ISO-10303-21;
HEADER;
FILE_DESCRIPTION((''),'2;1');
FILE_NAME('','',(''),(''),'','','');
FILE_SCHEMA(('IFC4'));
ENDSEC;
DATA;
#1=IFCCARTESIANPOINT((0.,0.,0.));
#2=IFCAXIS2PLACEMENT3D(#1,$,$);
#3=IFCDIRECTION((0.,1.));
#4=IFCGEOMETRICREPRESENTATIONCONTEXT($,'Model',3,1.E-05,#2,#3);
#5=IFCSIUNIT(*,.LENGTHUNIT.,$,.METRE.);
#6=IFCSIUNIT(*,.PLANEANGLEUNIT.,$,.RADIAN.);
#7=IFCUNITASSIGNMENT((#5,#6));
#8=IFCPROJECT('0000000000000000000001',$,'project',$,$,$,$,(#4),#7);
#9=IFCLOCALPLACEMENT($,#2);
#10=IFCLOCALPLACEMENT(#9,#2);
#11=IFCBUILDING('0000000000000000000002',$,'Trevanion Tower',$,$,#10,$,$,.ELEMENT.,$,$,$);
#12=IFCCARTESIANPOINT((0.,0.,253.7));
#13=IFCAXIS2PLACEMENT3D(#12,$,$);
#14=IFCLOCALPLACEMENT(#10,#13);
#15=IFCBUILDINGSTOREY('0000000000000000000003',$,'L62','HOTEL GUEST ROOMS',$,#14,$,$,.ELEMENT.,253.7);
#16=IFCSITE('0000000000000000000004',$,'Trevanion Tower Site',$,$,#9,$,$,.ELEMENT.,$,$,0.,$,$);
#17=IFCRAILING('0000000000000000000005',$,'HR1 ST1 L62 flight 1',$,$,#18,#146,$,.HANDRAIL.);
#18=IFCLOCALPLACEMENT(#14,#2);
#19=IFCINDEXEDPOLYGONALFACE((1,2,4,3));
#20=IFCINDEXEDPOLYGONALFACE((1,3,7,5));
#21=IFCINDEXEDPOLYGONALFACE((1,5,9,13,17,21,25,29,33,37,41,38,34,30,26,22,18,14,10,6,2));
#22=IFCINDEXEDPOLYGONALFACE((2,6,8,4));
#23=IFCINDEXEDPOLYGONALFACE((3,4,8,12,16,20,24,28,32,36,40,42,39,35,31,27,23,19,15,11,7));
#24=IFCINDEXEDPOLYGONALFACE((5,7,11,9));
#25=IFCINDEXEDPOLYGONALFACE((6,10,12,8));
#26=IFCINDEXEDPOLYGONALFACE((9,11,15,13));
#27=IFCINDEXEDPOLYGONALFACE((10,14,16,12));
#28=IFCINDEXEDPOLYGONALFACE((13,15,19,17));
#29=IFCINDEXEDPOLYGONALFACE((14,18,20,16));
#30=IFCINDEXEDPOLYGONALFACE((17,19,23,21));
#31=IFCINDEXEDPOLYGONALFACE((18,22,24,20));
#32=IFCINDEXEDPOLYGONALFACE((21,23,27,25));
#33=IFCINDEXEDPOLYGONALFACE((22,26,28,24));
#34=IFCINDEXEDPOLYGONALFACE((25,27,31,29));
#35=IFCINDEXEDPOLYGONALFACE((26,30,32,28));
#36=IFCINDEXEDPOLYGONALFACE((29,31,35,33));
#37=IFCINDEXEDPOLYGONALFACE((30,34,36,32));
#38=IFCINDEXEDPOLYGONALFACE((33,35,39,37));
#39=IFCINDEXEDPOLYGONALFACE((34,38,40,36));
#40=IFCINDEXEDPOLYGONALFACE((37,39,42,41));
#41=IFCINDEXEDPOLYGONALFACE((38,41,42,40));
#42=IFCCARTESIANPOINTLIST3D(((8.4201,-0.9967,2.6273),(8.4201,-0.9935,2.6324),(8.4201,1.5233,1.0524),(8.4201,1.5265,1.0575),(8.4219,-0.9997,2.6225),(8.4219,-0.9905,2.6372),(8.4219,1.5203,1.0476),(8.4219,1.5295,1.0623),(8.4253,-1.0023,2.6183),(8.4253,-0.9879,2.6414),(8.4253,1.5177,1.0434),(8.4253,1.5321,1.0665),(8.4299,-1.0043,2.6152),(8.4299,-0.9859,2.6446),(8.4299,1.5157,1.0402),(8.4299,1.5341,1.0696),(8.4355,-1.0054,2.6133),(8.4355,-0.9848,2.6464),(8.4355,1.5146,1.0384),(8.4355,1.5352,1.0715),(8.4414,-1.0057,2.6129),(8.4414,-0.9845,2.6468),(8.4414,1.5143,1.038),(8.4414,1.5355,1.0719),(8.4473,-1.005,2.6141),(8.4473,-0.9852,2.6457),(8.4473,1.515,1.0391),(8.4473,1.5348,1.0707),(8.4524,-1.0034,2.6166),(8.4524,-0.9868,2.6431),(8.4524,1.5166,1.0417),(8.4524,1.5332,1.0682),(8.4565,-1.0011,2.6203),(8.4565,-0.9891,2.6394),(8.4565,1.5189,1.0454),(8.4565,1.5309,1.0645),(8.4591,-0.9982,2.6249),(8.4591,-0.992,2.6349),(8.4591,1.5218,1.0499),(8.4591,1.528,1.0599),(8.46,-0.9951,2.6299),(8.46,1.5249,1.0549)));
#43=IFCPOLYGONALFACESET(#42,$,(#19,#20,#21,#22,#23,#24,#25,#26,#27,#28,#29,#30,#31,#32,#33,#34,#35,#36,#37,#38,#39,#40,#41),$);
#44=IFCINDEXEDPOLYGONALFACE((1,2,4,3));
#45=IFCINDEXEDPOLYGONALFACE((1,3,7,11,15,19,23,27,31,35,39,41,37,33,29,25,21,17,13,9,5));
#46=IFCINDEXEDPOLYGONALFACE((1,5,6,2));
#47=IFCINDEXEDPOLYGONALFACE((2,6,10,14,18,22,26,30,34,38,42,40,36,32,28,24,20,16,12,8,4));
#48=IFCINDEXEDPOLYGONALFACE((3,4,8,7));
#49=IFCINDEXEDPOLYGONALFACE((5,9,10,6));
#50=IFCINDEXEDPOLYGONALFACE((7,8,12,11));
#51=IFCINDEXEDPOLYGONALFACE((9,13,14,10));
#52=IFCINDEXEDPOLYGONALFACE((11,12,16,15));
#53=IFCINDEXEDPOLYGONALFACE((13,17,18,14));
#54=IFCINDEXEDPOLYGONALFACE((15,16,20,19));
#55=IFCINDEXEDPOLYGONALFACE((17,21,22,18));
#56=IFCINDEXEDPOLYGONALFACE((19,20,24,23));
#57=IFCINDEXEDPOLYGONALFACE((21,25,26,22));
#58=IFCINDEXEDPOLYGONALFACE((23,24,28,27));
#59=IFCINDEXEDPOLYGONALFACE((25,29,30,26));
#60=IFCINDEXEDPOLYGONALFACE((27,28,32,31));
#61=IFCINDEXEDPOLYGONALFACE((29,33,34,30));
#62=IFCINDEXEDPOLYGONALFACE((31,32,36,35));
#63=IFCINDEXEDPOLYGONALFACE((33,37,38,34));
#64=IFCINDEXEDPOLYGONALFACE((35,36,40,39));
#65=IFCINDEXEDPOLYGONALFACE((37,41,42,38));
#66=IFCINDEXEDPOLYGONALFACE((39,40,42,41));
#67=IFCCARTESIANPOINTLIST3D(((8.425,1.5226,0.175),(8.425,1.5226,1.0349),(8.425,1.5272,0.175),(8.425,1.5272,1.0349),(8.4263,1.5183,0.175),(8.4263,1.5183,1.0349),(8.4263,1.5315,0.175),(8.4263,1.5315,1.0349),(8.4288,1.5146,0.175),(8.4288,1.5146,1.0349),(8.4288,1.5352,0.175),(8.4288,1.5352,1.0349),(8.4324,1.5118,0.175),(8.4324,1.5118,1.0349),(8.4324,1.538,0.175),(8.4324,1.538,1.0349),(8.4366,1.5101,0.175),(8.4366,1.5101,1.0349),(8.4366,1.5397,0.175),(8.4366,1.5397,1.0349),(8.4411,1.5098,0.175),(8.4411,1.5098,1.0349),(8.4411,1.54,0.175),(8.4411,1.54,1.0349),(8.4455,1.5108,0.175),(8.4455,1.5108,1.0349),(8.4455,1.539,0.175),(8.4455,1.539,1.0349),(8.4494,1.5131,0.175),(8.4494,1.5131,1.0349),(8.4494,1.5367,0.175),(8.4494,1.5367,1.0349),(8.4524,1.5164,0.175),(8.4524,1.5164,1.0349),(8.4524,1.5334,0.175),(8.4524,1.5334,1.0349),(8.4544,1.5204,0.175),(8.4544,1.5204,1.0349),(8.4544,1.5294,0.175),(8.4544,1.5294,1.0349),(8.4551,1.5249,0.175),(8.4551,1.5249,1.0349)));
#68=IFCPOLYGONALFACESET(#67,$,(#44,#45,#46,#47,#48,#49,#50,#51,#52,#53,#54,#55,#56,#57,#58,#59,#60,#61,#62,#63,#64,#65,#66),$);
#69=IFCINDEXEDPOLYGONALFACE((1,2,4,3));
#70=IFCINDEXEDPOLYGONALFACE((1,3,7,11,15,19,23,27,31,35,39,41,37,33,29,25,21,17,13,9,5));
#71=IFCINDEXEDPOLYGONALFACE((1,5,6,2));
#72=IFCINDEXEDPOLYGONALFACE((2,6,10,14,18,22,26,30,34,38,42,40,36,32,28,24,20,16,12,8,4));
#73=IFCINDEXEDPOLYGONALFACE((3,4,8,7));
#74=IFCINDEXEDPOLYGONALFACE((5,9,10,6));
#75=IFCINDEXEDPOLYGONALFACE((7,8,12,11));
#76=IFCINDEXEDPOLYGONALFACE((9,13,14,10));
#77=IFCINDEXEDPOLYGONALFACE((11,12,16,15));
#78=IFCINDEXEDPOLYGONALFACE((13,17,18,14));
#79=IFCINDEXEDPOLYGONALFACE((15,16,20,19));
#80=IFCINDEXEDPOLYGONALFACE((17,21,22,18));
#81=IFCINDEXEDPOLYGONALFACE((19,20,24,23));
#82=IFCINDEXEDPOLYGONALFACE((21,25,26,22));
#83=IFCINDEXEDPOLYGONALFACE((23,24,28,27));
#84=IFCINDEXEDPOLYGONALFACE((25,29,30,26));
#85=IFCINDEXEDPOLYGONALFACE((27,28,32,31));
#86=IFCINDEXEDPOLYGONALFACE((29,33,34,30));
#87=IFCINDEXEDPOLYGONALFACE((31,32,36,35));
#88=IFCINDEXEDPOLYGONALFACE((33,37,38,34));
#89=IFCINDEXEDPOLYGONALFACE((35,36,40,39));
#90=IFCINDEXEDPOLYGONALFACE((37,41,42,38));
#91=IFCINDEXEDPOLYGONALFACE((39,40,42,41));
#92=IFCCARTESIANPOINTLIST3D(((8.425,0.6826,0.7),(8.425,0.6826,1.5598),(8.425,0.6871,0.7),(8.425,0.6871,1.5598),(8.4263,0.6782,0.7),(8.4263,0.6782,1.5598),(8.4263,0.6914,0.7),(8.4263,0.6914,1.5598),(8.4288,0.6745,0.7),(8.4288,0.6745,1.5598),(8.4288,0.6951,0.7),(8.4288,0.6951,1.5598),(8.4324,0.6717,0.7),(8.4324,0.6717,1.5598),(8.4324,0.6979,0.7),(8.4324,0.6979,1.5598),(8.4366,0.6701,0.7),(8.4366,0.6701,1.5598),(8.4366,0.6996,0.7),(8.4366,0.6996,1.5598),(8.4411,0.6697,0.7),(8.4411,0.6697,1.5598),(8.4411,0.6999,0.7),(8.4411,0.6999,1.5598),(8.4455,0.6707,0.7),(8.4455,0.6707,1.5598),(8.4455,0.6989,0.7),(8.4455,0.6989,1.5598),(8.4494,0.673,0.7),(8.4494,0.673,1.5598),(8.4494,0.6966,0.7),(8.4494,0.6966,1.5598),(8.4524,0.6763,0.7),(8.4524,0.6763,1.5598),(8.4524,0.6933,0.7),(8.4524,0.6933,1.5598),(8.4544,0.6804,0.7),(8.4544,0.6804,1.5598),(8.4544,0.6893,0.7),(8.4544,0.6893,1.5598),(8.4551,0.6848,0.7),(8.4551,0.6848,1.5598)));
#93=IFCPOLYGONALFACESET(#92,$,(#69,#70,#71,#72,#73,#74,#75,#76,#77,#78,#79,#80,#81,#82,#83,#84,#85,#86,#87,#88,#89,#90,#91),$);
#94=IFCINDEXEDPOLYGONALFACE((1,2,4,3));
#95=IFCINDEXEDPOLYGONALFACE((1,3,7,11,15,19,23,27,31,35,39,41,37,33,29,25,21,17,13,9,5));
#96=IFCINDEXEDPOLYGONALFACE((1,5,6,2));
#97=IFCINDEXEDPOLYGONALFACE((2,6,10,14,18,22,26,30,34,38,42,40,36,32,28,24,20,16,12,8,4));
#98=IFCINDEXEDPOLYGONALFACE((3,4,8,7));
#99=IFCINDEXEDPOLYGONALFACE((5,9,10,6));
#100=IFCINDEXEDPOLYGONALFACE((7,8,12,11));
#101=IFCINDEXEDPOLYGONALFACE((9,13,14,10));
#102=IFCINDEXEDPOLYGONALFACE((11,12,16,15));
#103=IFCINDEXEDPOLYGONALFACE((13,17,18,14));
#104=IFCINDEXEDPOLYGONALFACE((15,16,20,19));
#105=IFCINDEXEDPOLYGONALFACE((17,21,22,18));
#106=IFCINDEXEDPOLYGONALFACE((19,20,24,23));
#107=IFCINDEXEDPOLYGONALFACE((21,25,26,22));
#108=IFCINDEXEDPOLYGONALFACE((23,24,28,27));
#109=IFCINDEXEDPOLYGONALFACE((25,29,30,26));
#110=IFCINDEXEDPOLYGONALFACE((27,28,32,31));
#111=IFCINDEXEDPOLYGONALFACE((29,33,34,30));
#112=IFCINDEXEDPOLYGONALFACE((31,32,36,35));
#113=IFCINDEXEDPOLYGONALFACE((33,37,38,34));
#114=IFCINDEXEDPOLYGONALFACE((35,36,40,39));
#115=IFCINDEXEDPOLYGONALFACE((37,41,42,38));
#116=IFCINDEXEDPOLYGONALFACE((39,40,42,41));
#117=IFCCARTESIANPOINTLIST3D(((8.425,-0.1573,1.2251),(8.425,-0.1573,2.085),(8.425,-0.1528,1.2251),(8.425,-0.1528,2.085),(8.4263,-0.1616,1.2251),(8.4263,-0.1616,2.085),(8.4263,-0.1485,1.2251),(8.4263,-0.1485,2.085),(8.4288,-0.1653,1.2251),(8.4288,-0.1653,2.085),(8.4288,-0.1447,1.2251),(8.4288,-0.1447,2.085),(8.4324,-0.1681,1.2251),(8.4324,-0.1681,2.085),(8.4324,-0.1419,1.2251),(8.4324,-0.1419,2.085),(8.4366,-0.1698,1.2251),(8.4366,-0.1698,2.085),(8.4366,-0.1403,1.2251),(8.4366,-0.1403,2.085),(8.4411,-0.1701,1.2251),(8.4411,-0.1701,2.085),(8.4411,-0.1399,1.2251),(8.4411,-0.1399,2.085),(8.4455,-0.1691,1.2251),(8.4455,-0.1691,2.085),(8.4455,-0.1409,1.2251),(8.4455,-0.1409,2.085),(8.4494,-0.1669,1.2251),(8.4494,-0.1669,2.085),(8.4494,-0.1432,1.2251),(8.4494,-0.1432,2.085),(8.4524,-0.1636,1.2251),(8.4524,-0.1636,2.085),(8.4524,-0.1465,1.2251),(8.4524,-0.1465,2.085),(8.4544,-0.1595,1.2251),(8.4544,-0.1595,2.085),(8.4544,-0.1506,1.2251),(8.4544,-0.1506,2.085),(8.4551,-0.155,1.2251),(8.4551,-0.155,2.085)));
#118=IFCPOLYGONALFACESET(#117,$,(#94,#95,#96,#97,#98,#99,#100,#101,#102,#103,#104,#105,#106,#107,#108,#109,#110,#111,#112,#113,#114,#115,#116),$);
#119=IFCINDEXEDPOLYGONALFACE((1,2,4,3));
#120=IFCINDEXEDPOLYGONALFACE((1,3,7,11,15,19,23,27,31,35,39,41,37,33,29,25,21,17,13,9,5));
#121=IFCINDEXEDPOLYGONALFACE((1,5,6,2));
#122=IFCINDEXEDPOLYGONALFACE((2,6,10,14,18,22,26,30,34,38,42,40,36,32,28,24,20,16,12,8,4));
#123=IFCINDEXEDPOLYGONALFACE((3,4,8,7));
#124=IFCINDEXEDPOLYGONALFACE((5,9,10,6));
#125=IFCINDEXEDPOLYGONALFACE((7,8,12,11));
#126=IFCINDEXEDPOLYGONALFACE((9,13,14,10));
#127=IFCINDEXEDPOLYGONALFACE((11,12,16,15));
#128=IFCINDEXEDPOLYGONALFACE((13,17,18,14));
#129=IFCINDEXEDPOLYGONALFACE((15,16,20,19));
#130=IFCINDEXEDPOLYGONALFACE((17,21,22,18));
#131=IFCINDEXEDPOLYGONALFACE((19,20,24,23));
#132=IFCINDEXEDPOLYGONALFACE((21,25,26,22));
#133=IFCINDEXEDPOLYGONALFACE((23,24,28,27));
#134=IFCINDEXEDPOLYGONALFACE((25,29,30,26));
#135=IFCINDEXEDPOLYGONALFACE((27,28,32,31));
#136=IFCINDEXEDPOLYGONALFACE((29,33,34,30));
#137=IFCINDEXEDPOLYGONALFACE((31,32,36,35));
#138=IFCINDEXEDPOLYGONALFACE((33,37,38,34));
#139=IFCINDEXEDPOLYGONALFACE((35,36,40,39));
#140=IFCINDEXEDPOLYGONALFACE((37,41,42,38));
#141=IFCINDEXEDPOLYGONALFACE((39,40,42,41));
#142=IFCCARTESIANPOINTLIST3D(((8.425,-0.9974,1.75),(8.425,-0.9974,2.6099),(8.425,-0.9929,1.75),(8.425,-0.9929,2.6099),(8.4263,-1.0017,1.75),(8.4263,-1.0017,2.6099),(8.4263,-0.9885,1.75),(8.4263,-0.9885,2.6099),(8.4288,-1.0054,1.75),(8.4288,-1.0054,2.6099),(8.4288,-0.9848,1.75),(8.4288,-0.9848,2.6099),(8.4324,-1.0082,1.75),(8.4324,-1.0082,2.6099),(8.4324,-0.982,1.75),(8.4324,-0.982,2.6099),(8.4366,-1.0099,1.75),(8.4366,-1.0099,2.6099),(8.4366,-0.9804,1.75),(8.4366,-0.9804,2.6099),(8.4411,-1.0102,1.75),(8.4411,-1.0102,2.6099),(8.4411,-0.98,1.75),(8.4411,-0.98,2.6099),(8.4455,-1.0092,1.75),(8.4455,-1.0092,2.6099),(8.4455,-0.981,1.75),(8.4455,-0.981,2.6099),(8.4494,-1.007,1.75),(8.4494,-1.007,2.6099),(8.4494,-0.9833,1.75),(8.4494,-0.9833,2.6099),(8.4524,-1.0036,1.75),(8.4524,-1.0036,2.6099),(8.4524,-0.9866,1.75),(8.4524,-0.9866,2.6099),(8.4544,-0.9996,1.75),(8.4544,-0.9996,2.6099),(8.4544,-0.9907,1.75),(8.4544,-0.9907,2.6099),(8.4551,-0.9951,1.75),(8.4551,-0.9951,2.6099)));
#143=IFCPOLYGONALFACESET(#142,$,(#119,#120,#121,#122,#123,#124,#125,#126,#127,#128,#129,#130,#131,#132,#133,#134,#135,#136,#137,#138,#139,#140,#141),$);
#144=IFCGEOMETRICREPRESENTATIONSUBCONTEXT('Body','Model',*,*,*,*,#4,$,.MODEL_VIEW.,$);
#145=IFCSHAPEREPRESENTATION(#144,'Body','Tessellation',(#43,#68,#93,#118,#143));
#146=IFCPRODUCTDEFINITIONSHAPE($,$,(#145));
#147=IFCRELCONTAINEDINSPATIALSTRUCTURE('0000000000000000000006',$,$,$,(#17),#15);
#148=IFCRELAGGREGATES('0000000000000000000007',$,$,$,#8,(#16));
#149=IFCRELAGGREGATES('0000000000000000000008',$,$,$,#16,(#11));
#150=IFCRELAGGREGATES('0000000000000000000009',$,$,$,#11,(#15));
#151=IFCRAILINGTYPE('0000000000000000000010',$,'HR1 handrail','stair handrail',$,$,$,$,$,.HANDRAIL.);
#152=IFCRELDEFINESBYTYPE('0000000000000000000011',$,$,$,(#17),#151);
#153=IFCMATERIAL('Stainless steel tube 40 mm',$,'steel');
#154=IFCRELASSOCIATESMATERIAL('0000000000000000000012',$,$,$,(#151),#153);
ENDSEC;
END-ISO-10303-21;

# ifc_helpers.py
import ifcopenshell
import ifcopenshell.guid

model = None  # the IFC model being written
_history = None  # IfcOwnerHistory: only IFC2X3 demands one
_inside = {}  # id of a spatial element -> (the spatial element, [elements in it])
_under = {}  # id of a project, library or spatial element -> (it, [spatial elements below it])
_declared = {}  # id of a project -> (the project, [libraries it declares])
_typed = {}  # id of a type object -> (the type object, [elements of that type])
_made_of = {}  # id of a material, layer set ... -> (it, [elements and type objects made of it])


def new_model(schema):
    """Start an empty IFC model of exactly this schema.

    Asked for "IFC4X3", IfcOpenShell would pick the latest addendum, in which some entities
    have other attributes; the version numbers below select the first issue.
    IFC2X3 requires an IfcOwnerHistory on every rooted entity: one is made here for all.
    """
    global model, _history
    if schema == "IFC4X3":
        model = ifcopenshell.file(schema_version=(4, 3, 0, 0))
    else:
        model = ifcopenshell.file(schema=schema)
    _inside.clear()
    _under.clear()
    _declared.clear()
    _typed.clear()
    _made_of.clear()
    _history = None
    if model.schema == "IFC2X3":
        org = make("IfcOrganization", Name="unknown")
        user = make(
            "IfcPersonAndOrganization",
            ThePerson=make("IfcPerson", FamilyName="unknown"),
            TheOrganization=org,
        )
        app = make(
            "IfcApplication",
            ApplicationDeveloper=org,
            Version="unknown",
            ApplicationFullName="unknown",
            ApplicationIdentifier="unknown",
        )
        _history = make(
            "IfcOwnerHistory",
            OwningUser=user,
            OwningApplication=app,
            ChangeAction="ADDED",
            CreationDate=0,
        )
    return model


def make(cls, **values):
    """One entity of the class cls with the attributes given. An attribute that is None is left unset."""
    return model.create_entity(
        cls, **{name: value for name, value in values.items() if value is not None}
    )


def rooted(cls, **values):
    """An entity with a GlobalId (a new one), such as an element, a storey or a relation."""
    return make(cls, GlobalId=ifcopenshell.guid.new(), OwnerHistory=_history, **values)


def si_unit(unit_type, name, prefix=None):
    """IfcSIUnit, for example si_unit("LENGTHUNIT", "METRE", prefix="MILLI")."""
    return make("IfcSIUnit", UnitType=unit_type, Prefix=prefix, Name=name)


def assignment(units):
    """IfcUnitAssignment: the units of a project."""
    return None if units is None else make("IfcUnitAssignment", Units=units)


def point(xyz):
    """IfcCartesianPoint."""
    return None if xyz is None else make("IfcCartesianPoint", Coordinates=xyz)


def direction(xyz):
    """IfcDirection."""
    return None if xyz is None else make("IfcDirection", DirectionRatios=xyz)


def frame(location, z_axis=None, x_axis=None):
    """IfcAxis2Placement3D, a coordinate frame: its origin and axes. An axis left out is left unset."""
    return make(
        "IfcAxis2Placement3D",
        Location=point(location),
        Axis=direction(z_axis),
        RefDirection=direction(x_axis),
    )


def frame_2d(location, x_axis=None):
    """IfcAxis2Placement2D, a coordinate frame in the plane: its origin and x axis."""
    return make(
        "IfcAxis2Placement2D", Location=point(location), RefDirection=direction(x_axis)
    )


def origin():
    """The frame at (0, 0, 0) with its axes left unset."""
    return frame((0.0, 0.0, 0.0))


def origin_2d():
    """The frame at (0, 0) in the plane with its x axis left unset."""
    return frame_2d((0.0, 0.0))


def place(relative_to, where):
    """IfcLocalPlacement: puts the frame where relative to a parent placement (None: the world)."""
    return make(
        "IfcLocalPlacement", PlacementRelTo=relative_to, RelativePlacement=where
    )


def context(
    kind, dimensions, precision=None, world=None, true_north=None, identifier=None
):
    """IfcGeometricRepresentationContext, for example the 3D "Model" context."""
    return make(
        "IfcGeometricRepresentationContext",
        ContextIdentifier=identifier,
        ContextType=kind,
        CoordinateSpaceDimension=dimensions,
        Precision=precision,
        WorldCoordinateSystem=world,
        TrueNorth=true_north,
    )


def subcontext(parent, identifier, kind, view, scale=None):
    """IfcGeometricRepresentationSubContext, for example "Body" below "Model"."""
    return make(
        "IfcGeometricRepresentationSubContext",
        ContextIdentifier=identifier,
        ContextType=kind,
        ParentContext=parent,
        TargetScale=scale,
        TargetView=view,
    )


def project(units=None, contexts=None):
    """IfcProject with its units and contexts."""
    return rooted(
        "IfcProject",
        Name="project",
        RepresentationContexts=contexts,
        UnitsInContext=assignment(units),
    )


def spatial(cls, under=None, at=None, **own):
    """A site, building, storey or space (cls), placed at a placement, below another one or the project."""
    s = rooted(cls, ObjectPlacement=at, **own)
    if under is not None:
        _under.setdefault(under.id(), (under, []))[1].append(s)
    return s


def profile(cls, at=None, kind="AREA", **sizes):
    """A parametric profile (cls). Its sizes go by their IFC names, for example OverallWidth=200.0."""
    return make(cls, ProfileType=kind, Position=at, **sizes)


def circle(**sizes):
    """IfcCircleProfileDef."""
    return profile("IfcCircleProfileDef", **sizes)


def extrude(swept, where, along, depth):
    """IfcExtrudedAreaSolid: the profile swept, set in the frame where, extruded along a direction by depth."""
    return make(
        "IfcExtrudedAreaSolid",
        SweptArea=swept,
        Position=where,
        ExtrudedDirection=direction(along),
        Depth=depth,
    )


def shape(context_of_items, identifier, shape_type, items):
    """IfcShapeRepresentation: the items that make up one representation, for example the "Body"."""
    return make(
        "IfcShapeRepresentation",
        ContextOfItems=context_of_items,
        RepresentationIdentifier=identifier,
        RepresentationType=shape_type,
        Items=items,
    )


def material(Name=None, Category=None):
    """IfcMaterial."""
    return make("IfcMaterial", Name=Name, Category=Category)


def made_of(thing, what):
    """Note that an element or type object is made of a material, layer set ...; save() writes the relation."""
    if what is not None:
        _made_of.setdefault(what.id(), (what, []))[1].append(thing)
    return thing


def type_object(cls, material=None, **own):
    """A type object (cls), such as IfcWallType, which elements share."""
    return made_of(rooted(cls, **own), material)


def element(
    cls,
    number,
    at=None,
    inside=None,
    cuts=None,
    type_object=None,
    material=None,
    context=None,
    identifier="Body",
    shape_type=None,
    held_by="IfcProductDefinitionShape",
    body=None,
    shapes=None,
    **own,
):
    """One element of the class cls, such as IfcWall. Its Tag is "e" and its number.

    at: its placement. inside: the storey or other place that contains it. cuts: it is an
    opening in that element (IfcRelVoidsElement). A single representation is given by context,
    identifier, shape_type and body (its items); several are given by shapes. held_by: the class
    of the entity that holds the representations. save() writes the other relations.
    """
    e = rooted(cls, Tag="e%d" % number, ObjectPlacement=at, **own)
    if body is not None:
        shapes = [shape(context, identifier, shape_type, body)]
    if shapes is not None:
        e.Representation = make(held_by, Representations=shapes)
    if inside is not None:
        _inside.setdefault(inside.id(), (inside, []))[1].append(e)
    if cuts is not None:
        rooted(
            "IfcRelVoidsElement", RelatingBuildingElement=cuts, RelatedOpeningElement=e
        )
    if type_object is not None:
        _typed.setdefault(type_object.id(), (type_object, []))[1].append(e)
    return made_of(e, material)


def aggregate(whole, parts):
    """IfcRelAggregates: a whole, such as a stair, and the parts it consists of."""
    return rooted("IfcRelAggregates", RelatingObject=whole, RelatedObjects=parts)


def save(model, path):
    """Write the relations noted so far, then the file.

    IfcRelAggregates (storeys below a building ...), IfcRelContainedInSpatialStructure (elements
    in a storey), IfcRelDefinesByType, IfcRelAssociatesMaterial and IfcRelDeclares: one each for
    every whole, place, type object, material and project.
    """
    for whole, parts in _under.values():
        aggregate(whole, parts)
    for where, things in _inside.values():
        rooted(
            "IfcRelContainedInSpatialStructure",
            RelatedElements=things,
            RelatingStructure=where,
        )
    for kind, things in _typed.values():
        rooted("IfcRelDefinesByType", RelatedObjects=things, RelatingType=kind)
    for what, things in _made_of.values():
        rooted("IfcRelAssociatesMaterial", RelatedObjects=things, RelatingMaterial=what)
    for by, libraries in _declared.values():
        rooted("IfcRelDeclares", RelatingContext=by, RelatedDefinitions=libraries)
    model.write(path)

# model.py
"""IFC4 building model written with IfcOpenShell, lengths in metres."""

from ifc_helpers import new_model, si_unit, direction, frame, origin, origin_2d, place, context, subcontext, project, spatial, circle, extrude, material, type_object, element, save


model = new_model("IFC4")

# Units and contexts
model_context = context("Model", 3, precision=1e-05, world=origin(), true_north=direction((0.0, 1.0)))
body_context = subcontext(model_context, "Body", "Model", "MODEL_VIEW")
ifc_project = project(units=[si_unit("LENGTHUNIT", "METRE"), si_unit("PLANEANGLEUNIT", "RADIAN")], contexts=[model_context])

# Site, building, storey
site_placement = place(None, origin())
site = spatial("IfcSite", under=ifc_project, at=site_placement, Name="Trevanion Tower Site", CompositionType="ELEMENT", RefElevation=0.0)
building_placement = place(site_placement, origin())
building = spatial("IfcBuilding", under=site, at=building_placement, Name="Trevanion Tower", CompositionType="ELEMENT")
storey_placement = place(building_placement, frame((0.0, 0.0, 253.7)))
storey = spatial("IfcBuildingStorey", under=building, at=storey_placement, Name="L62", Description="HOTEL GUEST ROOMS", CompositionType="ELEMENT", Elevation=253.7)

# Railing
ifc_material_1 = material(Name="Stainless steel tube 40 mm", Category="steel")
railing_type = type_object("IfcRailingType", Name="HR1 handrail", Description="stair handrail", PredefinedType="HANDRAIL", material=ifc_material_1)
for number, where, name in (
    (1, (8.4399, 1.5249, 0.175), "HR1 ST1 L62 flight 1"),
):
    element("IfcRailing", number, at=place(storey_placement, frame(where)), inside=storey, type_object=railing_type, Name=name, PredefinedType="HANDRAIL", context=body_context, shape_type="SweptSolid", body=[
        extrude(circle(Radius=0.02, at=origin_2d()), frame((0.0, 0.0, 0.8799), z_axis=(0.0, -0.848008, 0.529984), x_axis=(1.0, 0.0, 0.0)), (0.0, 0.0, 1.0), 2.9717),
        extrude(circle(Radius=0.0151, at=origin_2d()), origin(), (0.0, 0.0, 1.0), 0.8599),
        extrude(circle(Radius=0.0151, at=origin_2d()), frame((0.0, -0.8401, 0.5249)), (0.0, 0.0, 1.0), 0.8599),
        extrude(circle(Radius=0.0151, at=origin_2d()), frame((0.0, -1.6799, 1.05)), (0.0, 0.0, 1.0), 0.8599),
        extrude(circle(Radius=0.0151, at=origin_2d()), frame((0.0, -2.52, 1.575)), (0.0, 0.0, 1.0), 0.8599),
    ])

save(model, "model.ifc")
